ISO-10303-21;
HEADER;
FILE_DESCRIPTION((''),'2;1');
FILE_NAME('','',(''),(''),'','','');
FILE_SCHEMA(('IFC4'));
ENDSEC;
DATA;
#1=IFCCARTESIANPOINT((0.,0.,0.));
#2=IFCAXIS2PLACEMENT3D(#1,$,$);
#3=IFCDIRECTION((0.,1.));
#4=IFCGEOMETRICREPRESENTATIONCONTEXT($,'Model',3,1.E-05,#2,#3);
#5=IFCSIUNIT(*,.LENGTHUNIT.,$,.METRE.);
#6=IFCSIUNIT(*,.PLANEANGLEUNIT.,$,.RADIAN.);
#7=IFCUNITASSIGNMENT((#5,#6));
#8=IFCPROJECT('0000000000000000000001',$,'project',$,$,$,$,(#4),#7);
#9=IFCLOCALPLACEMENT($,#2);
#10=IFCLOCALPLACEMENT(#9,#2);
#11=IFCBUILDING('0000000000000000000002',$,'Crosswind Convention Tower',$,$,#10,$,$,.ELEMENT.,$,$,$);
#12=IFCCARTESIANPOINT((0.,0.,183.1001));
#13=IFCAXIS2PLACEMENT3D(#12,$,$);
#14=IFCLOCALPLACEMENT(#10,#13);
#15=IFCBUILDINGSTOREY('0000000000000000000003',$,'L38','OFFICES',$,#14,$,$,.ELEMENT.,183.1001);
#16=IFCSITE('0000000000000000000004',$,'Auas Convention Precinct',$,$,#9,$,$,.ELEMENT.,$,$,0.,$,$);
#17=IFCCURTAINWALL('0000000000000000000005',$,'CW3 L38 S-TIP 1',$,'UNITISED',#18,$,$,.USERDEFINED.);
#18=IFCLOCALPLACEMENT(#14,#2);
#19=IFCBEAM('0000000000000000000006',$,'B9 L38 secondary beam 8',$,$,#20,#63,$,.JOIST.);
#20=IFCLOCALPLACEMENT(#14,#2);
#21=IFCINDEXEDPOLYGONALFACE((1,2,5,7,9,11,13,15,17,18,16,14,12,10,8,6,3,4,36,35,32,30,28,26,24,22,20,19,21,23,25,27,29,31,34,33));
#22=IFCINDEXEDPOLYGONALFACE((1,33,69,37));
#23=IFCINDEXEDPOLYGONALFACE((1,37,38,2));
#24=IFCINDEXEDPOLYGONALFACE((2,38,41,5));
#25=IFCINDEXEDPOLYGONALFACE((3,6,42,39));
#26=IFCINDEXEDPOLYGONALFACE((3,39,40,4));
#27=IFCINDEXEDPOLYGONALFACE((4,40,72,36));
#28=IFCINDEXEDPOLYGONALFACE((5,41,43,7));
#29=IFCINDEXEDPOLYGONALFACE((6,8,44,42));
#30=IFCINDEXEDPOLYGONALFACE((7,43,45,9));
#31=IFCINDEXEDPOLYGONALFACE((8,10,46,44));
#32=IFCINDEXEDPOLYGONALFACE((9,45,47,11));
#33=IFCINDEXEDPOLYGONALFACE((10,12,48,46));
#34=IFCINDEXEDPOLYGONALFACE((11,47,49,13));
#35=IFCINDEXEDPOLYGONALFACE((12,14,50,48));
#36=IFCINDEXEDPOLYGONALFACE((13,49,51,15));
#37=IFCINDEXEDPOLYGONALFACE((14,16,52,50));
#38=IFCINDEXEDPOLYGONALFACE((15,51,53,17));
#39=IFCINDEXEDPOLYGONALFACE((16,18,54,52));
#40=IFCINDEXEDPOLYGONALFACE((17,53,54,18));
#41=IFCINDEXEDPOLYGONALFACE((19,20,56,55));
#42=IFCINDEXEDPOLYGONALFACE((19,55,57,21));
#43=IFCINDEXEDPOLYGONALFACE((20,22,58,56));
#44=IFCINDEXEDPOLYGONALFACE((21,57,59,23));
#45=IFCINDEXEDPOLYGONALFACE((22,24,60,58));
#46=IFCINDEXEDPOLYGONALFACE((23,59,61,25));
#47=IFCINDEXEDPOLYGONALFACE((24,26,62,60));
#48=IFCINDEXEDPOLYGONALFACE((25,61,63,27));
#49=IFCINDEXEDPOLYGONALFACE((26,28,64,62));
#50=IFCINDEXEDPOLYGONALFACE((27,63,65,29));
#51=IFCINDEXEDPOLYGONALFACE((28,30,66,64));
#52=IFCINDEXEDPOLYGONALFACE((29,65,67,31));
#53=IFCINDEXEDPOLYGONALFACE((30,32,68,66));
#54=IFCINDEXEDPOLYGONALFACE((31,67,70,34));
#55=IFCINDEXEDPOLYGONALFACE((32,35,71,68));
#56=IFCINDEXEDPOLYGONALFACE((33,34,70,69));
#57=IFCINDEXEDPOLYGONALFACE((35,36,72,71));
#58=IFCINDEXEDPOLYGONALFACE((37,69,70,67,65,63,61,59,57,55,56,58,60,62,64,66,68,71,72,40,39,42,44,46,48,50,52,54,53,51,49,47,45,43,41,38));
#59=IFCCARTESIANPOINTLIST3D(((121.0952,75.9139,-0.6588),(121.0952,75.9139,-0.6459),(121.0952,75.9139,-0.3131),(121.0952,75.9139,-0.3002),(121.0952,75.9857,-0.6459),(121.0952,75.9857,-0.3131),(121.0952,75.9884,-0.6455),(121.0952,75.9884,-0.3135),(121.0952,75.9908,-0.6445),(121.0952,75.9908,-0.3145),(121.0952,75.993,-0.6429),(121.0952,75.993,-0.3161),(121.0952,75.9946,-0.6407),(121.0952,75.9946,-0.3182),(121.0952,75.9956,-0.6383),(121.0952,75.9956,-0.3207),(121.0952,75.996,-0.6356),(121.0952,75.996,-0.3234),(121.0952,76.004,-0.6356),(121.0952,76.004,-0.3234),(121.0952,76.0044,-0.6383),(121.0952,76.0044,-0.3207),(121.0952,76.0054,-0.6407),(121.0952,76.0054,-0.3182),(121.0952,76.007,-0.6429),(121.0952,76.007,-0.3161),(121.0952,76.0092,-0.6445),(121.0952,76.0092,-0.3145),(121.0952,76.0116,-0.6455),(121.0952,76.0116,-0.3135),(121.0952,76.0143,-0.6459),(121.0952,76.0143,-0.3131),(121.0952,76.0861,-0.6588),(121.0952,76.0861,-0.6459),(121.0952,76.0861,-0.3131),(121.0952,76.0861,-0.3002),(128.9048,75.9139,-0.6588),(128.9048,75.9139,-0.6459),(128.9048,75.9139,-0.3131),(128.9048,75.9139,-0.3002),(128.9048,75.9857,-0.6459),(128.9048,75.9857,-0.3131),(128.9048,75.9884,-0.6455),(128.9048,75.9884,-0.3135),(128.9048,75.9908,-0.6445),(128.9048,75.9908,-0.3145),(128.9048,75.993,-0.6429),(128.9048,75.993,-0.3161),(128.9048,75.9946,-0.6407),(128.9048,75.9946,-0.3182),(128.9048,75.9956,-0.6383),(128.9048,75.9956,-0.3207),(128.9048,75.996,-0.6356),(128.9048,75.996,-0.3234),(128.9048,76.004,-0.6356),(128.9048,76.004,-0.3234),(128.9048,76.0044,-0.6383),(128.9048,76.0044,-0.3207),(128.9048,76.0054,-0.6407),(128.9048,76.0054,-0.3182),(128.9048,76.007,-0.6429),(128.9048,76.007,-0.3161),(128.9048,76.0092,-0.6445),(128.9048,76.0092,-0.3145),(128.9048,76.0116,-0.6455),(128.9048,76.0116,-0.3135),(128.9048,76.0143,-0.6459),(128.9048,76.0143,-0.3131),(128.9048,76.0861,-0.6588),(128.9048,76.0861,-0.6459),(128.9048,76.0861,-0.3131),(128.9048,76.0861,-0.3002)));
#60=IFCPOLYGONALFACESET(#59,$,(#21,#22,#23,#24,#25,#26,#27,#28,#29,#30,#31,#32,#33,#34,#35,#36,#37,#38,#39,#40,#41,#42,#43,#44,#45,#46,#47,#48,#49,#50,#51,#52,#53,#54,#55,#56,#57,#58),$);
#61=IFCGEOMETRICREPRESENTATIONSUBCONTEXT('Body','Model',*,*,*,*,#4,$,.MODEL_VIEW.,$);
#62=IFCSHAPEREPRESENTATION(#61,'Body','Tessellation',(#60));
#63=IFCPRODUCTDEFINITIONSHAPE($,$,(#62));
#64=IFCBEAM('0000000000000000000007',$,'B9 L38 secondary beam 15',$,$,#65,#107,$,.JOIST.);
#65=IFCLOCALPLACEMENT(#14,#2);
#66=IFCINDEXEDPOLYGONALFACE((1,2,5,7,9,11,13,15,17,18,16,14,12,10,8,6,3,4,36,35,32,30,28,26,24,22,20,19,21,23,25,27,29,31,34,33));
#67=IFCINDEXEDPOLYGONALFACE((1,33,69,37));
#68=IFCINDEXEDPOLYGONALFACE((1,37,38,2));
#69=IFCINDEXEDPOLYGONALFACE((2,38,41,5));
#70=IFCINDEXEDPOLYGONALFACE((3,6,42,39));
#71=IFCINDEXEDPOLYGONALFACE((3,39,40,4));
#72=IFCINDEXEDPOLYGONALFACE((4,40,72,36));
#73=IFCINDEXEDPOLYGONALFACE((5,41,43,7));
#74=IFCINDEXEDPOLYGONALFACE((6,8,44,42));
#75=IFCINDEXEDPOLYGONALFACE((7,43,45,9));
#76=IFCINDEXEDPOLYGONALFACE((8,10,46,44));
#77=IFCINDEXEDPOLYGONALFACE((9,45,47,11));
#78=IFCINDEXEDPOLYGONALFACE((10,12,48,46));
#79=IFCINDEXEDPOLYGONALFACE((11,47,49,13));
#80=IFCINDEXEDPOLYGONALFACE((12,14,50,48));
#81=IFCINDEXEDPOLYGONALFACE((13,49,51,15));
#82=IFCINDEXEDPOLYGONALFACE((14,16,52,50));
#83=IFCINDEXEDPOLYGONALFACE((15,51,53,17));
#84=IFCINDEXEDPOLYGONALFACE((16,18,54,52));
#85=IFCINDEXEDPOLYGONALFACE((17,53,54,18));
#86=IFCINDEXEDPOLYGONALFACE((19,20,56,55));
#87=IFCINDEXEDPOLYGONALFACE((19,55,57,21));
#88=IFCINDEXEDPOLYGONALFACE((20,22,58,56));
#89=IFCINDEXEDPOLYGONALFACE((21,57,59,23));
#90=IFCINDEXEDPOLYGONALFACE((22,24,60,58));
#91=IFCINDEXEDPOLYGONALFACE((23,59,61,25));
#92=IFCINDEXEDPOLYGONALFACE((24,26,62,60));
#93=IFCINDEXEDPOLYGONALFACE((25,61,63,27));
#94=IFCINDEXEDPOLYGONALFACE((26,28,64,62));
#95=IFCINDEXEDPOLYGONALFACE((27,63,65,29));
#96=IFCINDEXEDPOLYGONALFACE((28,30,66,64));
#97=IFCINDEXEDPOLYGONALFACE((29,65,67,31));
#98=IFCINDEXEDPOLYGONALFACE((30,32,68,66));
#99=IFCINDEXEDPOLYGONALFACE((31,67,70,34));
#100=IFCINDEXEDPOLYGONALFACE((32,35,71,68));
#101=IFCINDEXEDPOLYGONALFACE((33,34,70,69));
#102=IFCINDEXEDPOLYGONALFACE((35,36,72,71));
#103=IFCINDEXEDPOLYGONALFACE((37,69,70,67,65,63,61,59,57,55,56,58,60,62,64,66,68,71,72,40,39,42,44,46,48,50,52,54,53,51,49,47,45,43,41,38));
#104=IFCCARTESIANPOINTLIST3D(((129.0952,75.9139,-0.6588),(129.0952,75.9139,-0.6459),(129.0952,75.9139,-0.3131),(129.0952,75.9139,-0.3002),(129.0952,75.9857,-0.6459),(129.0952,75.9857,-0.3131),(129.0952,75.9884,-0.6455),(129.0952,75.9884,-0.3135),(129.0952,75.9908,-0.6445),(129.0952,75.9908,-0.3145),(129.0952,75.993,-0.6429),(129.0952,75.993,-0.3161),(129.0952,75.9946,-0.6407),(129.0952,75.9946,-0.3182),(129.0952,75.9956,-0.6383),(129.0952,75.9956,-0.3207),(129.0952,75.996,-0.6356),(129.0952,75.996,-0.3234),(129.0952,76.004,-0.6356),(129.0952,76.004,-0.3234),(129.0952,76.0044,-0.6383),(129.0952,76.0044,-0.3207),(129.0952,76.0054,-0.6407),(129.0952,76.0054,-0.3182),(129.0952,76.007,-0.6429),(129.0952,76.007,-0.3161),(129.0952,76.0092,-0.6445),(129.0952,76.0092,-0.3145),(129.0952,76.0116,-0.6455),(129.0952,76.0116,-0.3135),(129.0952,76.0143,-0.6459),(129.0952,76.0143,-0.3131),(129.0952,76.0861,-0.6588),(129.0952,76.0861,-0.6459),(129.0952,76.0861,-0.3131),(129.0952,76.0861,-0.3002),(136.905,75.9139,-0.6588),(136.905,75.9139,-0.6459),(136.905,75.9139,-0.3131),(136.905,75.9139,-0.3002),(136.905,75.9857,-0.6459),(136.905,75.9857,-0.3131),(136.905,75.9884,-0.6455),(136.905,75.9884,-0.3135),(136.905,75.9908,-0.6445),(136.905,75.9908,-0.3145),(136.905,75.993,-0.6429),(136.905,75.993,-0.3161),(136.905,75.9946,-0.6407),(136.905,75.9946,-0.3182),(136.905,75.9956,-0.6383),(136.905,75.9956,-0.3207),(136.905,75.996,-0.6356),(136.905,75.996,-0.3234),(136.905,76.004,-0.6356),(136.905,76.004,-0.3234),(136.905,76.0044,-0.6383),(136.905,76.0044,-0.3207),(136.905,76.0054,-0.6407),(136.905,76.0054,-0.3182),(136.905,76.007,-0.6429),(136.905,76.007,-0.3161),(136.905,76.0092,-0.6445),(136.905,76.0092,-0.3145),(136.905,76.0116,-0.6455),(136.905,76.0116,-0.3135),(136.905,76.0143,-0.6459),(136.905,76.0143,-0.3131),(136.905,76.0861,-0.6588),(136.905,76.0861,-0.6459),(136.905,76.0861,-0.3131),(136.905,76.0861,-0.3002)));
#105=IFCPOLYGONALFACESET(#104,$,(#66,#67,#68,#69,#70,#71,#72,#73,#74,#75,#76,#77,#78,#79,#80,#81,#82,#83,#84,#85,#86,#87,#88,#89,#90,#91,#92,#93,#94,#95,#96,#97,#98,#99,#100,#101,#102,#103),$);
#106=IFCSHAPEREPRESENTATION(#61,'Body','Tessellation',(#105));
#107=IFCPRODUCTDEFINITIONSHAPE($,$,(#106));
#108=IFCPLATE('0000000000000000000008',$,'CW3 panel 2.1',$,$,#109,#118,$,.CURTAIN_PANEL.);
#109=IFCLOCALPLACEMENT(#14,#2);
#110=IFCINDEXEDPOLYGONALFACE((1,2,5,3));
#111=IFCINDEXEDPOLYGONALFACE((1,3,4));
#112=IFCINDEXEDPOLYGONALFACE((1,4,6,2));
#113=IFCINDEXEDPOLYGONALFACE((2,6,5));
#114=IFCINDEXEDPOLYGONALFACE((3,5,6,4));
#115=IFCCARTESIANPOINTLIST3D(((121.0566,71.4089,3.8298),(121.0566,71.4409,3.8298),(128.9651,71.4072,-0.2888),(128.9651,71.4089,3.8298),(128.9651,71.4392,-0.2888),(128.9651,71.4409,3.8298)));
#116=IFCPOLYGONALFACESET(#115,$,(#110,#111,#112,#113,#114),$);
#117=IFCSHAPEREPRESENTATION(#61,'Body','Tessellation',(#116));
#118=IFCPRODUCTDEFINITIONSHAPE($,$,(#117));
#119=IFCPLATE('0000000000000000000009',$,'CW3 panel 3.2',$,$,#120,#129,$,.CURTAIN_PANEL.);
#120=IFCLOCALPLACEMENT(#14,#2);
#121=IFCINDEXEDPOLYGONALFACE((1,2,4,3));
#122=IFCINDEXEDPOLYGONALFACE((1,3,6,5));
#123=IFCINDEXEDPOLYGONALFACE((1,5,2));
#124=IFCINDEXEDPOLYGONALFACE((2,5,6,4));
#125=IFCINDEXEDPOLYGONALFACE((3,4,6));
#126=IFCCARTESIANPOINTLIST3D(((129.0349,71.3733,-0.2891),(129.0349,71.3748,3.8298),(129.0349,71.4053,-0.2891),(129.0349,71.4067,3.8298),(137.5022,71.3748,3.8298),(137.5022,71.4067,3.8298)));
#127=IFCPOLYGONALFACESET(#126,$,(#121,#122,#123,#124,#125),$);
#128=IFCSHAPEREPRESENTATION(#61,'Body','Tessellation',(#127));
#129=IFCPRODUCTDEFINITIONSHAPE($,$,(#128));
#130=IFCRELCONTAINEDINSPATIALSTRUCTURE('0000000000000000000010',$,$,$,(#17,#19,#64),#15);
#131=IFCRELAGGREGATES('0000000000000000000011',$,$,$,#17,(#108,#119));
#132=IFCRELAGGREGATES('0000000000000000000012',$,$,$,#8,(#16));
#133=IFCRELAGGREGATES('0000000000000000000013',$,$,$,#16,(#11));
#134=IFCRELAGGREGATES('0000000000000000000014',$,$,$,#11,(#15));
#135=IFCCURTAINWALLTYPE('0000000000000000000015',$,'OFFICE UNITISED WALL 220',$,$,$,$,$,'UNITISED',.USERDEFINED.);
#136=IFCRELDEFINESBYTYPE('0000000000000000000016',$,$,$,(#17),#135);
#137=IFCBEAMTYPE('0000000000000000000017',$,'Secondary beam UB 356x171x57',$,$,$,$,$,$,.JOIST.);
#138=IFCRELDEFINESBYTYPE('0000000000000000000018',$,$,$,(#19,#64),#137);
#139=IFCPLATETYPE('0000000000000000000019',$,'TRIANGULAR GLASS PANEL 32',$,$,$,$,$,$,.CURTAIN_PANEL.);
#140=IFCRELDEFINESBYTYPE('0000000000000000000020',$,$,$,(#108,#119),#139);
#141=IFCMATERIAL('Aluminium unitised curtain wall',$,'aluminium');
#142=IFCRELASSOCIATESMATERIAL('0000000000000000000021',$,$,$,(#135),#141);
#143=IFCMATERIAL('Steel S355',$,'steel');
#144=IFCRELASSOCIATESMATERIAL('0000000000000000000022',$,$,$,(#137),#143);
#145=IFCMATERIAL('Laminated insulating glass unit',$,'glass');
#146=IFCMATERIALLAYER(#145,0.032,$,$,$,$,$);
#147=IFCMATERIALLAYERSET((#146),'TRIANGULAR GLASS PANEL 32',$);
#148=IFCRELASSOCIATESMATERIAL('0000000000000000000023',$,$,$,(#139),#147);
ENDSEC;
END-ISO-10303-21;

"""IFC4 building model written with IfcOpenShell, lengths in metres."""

from ifc_helpers import new_model, si_unit, direction, frame, origin, origin_2d, place, context, subcontext, project, spatial, polyline, i_section, outline, extrude, material, layer, layer_set, material_profile, profile_set, type_object, element, aggregate, save


model = new_model("IFC4")

# Units and contexts
model_context = context("Model", 3, precision=1e-05, world=origin(), true_north=direction((0.0, 1.0)))
body_context = subcontext(model_context, "Body", "Model", "MODEL_VIEW")
ifc_project = project(units=[si_unit("LENGTHUNIT", "METRE"), si_unit("PLANEANGLEUNIT", "RADIAN")], contexts=[model_context])

# Site, building, storey
site_placement = place(None, origin())
site = spatial("IfcSite", under=ifc_project, at=site_placement, Name="Auas Convention Precinct", CompositionType="ELEMENT", RefElevation=0.0)
building_placement = place(site_placement, origin())
building = spatial("IfcBuilding", under=site, at=building_placement, Name="Crosswind Convention Tower", CompositionType="ELEMENT")
storey_placement = place(building_placement, frame((0.0, 0.0, 183.1001)))
storey = spatial("IfcBuildingStorey", under=building, at=storey_placement, Name="L38", Description="OFFICES", CompositionType="ELEMENT", Elevation=183.1001)

# Shared definitions
ifc_material_1 = material(Name="Steel S355", Category="steel")

# Curtain wall
ifc_material_2 = material(Name="Aluminium unitised curtain wall", Category="aluminium")
curtain_wall_type = type_object("IfcCurtainWallType", Name="OFFICE UNITISED WALL 220", ElementType="UNITISED", PredefinedType="USERDEFINED", material=ifc_material_2)
curtain_wall_placement = place(storey_placement, origin())
curtain_wall = element("IfcCurtainWall", 1, at=curtain_wall_placement, inside=storey, type_object=curtain_wall_type, Name="CW3 L38 S-TIP 1", ObjectType="UNITISED", PredefinedType="USERDEFINED")

# Beams
ifc_material_profile_1 = material_profile(ifc_material_1, i_section(OverallWidth=0.1721, OverallDepth=0.3586, WebThickness=0.0081, FlangeThickness=0.0129, FilletRadius=0.0103, at=origin_2d()), Name="UB 356x171x57")
ifc_profile_set_1 = profile_set([ifc_material_profile_1], Name="Steel S355")
beam_type_1 = type_object("IfcBeamType", Name="Secondary beam UB 356x171x57", PredefinedType="JOIST", material=ifc_profile_set_1)
beam_1_placement = place(storey_placement, frame((121.0952, 76.0, -0.4795), z_axis=(1.0, 0.0, 0.0), x_axis=(0.0, 1.0, 0.0)))
element("IfcBeam", 2, at=beam_1_placement, inside=storey, type_object=beam_type_1, Name="B9 L38 secondary beam 8", PredefinedType="JOIST", context=body_context, shape_type="SweptSolid", body=[
    extrude(i_section(OverallWidth=0.1721, OverallDepth=0.3586, WebThickness=0.0081, FlangeThickness=0.0129, FilletRadius=0.0103, at=origin_2d()), origin(), (0.0, 0.0, 1.0), 7.8096),
])
beam_2_placement = place(storey_placement, frame((129.0952, 76.0, -0.4795), z_axis=(1.0, 0.0, 0.0), x_axis=(0.0, 1.0, 0.0)))
element("IfcBeam", 3, at=beam_2_placement, inside=storey, type_object=beam_type_1, Name="B9 L38 secondary beam 15", PredefinedType="JOIST", context=body_context, shape_type="SweptSolid", body=[
    extrude(i_section(OverallWidth=0.1721, OverallDepth=0.3586, WebThickness=0.0081, FlangeThickness=0.0129, FilletRadius=0.0103, at=origin_2d()), origin(), (0.0, 0.0, 1.0), 7.8098),
])

# Plates
ifc_material_3 = material(Name="Laminated insulating glass unit", Category="glass")
ifc_layer_1 = layer(ifc_material_3, 0.032)
ifc_layer_set_1 = layer_set([ifc_layer_1], Name="TRIANGULAR GLASS PANEL 32")
plate_type = type_object("IfcPlateType", Name="TRIANGULAR GLASS PANEL 32", PredefinedType="CURTAIN_PANEL", material=ifc_layer_set_1)
plate_1_placement = place(storey_placement, frame((128.9651, 71.4089, 3.8298), z_axis=(0.0, -1.0, 0.000415), x_axis=(-1.0, 0.0, 0.0)))
plate_1 = element("IfcPlate", 4, at=plate_1_placement, type_object=plate_type, Name="CW3 panel 2.1", PredefinedType="CURTAIN_PANEL", context=body_context, shape_type="SweptSolid", body=[
    extrude(outline(polyline([(0.0, 0.0), (7.9084, 0.0), (0.0, 4.1187), (0.0, 0.0)])), origin(), (0.0, 0.0, -1.0), 0.032),
])
plate_2_placement = place(storey_placement, frame((129.0349, 71.3748, 3.8298), z_axis=(0.0, -1.0, 0.000356), x_axis=(0.0, -0.000356, -1.0)))
plate_2 = element("IfcPlate", 5, at=plate_2_placement, type_object=plate_type, Name="CW3 panel 3.2", PredefinedType="CURTAIN_PANEL", context=body_context, shape_type="SweptSolid", body=[
    extrude(outline(polyline([(0.0, 0.0), (4.1189, 0.0), (0.0, 8.4673), (0.0, 0.0)])), origin(), (0.0, 0.0, -1.0), 0.032),
])
aggregate(curtain_wall, [plate_1, plate_2])

save(model, "model.ifc")
